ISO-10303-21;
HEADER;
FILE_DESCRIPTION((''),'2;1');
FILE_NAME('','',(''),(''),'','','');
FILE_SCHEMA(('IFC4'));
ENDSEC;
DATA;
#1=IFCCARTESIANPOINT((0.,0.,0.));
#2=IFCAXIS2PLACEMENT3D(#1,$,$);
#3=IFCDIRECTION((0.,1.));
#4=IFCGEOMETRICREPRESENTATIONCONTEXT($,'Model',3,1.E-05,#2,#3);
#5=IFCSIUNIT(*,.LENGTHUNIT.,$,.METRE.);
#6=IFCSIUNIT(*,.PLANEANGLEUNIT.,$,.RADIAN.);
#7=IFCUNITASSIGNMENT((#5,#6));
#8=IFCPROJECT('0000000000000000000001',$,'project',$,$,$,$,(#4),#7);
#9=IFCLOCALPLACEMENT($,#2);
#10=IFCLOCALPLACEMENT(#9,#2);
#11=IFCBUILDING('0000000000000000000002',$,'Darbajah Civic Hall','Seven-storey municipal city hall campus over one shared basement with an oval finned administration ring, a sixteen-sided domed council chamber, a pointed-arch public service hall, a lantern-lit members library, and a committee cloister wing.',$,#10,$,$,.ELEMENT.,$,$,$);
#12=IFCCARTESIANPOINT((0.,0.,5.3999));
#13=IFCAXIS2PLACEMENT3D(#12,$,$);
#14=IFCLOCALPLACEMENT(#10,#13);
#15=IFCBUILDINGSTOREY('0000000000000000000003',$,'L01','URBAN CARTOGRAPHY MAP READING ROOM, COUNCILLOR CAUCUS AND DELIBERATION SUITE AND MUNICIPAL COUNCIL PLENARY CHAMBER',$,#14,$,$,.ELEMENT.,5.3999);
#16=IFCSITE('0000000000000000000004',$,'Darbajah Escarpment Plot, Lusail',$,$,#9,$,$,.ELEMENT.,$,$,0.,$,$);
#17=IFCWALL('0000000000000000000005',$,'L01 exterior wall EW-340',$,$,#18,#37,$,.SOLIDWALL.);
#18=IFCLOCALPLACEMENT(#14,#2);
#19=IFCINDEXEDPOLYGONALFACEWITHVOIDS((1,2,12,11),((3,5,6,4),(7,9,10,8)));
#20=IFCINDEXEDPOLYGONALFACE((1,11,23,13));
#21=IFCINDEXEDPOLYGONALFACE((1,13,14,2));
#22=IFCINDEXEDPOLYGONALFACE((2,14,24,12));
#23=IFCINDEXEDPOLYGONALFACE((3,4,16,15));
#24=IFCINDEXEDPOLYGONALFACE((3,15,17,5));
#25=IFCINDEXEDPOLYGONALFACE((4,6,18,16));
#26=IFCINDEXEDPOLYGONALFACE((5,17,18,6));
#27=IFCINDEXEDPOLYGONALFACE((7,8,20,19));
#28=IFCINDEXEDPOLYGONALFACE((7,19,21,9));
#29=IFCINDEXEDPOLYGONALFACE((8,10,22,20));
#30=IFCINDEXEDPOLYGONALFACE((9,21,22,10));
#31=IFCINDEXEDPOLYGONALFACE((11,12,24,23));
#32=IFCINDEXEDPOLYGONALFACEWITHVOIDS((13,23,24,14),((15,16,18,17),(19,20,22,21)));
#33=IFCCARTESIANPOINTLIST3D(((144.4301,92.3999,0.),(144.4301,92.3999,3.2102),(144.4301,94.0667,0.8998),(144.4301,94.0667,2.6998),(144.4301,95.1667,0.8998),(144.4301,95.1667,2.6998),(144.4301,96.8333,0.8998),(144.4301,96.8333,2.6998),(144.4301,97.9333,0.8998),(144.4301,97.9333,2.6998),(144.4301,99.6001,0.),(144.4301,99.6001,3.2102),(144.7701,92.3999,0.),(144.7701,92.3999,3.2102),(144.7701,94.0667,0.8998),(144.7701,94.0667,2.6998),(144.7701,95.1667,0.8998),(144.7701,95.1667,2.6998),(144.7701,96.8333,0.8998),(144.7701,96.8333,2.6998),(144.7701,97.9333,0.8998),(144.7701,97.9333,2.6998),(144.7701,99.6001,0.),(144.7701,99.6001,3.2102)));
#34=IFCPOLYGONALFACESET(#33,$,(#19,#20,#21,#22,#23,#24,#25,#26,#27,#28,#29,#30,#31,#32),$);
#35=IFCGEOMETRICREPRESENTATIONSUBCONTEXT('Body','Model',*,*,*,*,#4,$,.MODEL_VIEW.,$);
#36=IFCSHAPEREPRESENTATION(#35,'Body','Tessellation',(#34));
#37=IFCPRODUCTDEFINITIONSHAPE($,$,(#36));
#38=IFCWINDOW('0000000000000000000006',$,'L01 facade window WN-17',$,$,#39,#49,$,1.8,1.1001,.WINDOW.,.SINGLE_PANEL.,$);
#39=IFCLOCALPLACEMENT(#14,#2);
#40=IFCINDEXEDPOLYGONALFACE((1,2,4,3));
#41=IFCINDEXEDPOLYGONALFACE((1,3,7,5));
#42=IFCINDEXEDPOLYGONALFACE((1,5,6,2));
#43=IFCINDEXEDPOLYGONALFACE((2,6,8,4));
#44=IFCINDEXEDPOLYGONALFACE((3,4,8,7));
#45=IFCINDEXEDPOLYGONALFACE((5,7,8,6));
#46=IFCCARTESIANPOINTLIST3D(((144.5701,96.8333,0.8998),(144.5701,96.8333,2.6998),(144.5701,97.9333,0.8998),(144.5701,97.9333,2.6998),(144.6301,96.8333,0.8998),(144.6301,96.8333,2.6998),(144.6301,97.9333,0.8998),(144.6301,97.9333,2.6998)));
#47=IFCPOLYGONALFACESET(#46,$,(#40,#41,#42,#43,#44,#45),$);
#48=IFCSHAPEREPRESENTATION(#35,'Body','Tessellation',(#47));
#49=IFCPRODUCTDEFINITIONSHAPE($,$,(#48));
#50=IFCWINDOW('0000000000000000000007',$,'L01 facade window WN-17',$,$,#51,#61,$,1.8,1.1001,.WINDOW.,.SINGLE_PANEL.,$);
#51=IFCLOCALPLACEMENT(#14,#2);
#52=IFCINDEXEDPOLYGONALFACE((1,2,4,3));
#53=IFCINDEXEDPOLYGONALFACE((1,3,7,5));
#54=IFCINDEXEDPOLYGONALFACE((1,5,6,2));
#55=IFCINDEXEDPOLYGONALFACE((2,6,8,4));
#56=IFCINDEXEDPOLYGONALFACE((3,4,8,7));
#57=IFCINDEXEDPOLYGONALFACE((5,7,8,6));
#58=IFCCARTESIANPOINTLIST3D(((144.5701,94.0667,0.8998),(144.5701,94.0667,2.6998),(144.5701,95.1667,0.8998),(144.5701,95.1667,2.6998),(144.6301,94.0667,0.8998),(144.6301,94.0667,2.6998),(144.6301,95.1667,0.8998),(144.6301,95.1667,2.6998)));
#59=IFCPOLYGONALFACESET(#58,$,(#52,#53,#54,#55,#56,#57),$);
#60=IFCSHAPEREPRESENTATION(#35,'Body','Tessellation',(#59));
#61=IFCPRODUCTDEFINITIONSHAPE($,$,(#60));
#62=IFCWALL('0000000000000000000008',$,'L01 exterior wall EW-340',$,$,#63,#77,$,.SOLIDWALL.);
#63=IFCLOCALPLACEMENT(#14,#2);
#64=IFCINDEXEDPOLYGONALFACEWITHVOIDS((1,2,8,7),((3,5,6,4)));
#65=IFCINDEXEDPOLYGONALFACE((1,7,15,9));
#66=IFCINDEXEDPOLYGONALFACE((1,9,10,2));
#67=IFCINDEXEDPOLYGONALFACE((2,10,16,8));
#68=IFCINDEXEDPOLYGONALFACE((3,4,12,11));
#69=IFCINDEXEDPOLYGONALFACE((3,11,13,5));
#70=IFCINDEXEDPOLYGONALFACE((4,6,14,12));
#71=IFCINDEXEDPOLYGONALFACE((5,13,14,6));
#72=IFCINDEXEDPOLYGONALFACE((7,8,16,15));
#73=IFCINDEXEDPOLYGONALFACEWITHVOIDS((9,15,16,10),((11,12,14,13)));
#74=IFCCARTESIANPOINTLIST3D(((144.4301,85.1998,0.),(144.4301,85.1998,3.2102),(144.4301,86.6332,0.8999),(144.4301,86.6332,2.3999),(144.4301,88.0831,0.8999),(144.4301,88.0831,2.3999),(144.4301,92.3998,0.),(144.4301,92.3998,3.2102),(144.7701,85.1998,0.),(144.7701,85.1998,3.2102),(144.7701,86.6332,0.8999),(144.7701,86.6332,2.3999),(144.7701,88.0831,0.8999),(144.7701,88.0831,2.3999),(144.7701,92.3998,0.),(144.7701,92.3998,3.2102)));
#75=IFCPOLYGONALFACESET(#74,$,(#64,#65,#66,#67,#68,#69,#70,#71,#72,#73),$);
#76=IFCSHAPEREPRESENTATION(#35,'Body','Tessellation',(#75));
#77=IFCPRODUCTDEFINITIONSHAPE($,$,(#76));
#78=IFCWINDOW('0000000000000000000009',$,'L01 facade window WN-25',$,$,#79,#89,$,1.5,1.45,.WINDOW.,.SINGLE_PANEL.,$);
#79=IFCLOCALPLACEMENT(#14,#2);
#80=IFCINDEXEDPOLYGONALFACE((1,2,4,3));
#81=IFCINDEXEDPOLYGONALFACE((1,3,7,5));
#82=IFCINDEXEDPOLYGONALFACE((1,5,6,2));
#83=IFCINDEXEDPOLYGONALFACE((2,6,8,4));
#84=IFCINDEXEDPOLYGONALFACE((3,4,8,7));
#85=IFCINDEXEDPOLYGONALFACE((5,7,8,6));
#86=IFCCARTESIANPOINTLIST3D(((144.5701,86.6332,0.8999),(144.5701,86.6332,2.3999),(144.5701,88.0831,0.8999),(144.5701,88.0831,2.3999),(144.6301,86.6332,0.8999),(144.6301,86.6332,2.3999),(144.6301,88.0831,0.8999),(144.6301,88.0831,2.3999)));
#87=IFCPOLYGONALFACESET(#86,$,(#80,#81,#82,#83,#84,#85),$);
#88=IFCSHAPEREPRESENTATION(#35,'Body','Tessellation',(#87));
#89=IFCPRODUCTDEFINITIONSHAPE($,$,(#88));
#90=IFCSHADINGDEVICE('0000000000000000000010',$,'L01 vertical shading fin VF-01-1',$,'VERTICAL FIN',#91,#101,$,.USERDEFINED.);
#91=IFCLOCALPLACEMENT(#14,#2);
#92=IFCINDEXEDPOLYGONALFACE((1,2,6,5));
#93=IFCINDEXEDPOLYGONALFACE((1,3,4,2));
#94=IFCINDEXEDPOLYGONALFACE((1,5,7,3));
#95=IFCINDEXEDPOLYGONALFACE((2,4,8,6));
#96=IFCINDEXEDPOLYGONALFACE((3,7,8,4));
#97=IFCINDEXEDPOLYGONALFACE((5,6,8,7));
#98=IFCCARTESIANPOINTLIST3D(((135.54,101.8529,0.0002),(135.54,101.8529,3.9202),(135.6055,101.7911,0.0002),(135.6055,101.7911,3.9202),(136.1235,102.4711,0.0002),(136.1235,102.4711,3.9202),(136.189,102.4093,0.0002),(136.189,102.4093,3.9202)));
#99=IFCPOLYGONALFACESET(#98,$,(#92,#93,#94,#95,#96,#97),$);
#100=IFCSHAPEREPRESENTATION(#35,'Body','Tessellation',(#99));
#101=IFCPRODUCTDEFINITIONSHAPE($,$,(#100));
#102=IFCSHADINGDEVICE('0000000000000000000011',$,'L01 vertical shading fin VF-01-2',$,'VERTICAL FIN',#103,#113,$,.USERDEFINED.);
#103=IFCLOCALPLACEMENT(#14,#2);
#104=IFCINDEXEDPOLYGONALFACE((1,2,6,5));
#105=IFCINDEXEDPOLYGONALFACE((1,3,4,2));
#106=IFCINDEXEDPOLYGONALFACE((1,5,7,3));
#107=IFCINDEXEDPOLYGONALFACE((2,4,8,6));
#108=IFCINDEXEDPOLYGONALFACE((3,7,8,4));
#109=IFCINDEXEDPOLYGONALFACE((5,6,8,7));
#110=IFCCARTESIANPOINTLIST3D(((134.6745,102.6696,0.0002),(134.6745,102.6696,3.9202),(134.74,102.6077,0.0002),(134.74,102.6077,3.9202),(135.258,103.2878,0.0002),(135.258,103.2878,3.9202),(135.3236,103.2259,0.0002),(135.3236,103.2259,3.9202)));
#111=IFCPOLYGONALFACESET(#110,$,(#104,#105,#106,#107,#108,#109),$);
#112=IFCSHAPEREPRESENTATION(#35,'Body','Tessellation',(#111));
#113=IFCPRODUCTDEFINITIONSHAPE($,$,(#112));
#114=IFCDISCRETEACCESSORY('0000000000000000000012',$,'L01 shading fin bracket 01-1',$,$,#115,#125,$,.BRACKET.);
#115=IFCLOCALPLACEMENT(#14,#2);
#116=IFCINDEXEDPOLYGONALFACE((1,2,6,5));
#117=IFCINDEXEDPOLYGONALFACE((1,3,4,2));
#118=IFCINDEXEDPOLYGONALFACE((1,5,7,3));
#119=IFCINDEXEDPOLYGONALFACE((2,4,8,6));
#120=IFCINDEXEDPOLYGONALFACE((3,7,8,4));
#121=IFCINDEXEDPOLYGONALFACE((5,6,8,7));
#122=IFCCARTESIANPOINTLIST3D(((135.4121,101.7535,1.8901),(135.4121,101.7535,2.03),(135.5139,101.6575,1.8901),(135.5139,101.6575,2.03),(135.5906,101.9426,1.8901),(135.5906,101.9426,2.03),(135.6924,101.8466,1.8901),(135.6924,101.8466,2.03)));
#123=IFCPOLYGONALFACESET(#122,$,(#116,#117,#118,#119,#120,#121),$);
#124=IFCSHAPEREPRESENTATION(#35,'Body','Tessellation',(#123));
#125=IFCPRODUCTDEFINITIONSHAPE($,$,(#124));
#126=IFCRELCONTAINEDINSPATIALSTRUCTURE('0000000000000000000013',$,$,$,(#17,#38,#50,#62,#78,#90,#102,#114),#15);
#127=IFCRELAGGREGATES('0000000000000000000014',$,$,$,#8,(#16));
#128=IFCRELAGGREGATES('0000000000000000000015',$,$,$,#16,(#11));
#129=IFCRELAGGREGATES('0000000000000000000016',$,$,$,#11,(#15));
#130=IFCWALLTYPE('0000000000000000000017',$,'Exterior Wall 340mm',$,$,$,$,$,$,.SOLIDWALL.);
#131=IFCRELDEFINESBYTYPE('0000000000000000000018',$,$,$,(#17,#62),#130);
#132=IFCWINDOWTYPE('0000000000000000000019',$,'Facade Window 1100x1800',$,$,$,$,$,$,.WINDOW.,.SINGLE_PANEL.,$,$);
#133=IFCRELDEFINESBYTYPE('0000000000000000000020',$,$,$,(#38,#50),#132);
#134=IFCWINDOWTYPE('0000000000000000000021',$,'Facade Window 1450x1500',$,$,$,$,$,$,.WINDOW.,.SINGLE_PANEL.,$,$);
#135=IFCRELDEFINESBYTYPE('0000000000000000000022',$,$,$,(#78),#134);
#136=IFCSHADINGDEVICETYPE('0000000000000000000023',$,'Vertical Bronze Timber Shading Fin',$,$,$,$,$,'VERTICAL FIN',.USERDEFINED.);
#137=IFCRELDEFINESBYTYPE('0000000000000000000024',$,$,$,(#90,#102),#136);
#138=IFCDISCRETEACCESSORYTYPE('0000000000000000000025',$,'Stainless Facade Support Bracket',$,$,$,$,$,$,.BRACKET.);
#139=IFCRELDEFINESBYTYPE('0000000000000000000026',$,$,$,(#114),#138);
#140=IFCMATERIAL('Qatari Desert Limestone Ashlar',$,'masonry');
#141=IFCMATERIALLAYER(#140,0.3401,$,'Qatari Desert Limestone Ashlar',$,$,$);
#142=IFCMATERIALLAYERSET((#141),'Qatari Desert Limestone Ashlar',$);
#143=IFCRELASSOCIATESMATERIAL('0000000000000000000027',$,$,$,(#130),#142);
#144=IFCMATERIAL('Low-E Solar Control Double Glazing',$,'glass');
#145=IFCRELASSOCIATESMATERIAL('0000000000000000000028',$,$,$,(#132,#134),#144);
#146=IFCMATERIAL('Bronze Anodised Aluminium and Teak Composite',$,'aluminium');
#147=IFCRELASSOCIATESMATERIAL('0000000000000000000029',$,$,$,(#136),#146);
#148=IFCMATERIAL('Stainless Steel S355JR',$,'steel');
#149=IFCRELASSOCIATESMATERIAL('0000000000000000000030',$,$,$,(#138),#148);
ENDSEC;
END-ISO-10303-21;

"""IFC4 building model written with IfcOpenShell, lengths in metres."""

from ifc_helpers import new_model, si_unit, direction, frame, frame_2d, origin, origin_2d, place, context, subcontext, project, spatial, rectangle, extrude, material, layer, layer_set, type_object, element, fill, save


model = new_model("IFC4")

# Units and contexts
model_context = context("Model", 3, precision=1e-05, world=origin(), true_north=direction((0.0, 1.0)))
body_context = subcontext(model_context, "Body", "Model", "MODEL_VIEW")
ifc_project = project(units=[si_unit("LENGTHUNIT", "METRE"), si_unit("PLANEANGLEUNIT", "RADIAN")], contexts=[model_context])

# Site, building, storey
site_placement = place(None, origin())
site = spatial("IfcSite", under=ifc_project, at=site_placement, Name="Darbajah Escarpment Plot, Lusail", CompositionType="ELEMENT", RefElevation=0.0)
building_placement = place(site_placement, origin())
building = spatial("IfcBuilding", under=site, at=building_placement, Name="Darbajah Civic Hall", Description="Seven-storey municipal city hall campus over one shared basement with an oval finned administration ring, a sixteen-sided domed council chamber, a pointed-arch public service hall, a lantern-lit members library, and a committee cloister wing.", CompositionType="ELEMENT")
storey_placement = place(building_placement, frame((0.0, 0.0, 5.3999)))
storey = spatial("IfcBuildingStorey", under=building, at=storey_placement, Name="L01", Description="URBAN CARTOGRAPHY MAP READING ROOM, COUNCILLOR CAUCUS AND DELIBERATION SUITE AND MUNICIPAL COUNCIL PLENARY CHAMBER", CompositionType="ELEMENT", Elevation=5.3999)

# Wall, openings, windows
ifc_material_1 = material(Name="Qatari Desert Limestone Ashlar", Category="masonry")
ifc_layer = layer(ifc_material_1, 0.3401, Name="Qatari Desert Limestone Ashlar")
ifc_layer_set = layer_set([ifc_layer], Name="Qatari Desert Limestone Ashlar")
wall_type = type_object("IfcWallType", Name="Exterior Wall 340mm", PredefinedType="SOLIDWALL", material=ifc_layer_set)
ifc_material_2 = material(Name="Low-E Solar Control Double Glazing", Category="glass")
window_type_1 = type_object("IfcWindowType", Name="Facade Window 1100x1800", PartitioningType="SINGLE_PANEL", PredefinedType="WINDOW", material=ifc_material_2)
wall_1_placement = place(storey_placement, frame((144.6001, 99.6001, 0.0), z_axis=(0.0, 0.0, 1.0), x_axis=(0.0, -1.0, 0.0)))
wall_1 = element("IfcWall", 1, at=wall_1_placement, inside=storey, type_object=wall_type, Name="L01 exterior wall EW-340", PredefinedType="SOLIDWALL", context=body_context, shape_type="SweptSolid", body=[
    extrude(rectangle(XDim=7.2002, YDim=0.3401, at=frame_2d((3.6001, 0.0))), origin(), (0.0, 0.0, 1.0), 3.2102),
])
opening_1_placement = place(wall_1_placement, frame((1.6667, 0.0, 0.8999)))
opening_1 = element("IfcOpeningElement", 2, at=opening_1_placement, cuts=wall_1, PredefinedType="OPENING", context=body_context, shape_type="SweptSolid", body=[
    extrude(rectangle(XDim=1.1001, YDim=1.8, at=frame_2d((0.55, 0.8999))), frame((0.0, 0.1799, 0.0), z_axis=(0.0, -1.0, 0.0), x_axis=(1.0, 0.0, 0.0)), (0.0, 0.0, 1.0), 0.3601),
])
opening_2_placement = place(wall_1_placement, frame((4.4333, 0.0, 0.8999)))
opening_2 = element("IfcOpeningElement", 3, at=opening_2_placement, cuts=wall_1, PredefinedType="OPENING", context=body_context, shape_type="SweptSolid", body=[
    extrude(rectangle(XDim=1.1001, YDim=1.8, at=frame_2d((0.55, 0.8999))), frame((0.0, 0.1799, 0.0), z_axis=(0.0, -1.0, 0.0), x_axis=(1.0, 0.0, 0.0)), (0.0, 0.0, 1.0), 0.3601),
])
window_1_placement = place(opening_1_placement, origin())
window_1 = element("IfcWindow", 4, at=window_1_placement, inside=storey, type_object=window_type_1, Name="L01 facade window WN-17", OverallHeight=1.8, OverallWidth=1.1001, PartitioningType="SINGLE_PANEL", PredefinedType="WINDOW", context=body_context, shape_type="SweptSolid", body=[
    extrude(rectangle(XDim=1.1001, YDim=1.8, at=frame_2d((0.55, 0.8999))), frame((0.0, 0.03, 0.0), z_axis=(0.0, -1.0, 0.0), x_axis=(1.0, 0.0, 0.0)), (0.0, 0.0, 1.0), 0.0601),
])
fill(opening_1, window_1)
window_2_placement = place(opening_2_placement, origin())
window_2 = element("IfcWindow", 5, at=window_2_placement, inside=storey, type_object=window_type_1, Name="L01 facade window WN-17", OverallHeight=1.8, OverallWidth=1.1001, PartitioningType="SINGLE_PANEL", PredefinedType="WINDOW", context=body_context, shape_type="SweptSolid", body=[
    extrude(rectangle(XDim=1.1001, YDim=1.8, at=frame_2d((0.55, 0.8999))), frame((0.0, 0.03, 0.0), z_axis=(0.0, -1.0, 0.0), x_axis=(1.0, 0.0, 0.0)), (0.0, 0.0, 1.0), 0.0601),
])
fill(opening_2, window_2)

# Wall, opening, window
wall_2_placement = place(storey_placement, frame((144.6001, 92.3999, 0.0), z_axis=(0.0, 0.0, 1.0), x_axis=(0.0, -1.0, 0.0)))
wall_2 = element("IfcWall", 6, at=wall_2_placement, inside=storey, type_object=wall_type, Name="L01 exterior wall EW-340", PredefinedType="SOLIDWALL", context=body_context, shape_type="SweptSolid", body=[
    extrude(rectangle(XDim=7.2, YDim=0.3401, at=frame_2d((3.6001, 0.0))), origin(), (0.0, 0.0, 1.0), 3.2102),
])
opening_3_placement = place(wall_2_placement, frame((4.3167, 0.0, 0.8999)))
opening_3 = element("IfcOpeningElement", 7, at=opening_3_placement, cuts=wall_2, PredefinedType="OPENING", context=body_context, shape_type="SweptSolid", body=[
    extrude(rectangle(XDim=1.45, YDim=1.5, at=frame_2d((0.7251, 0.75))), frame((0.0, 0.1799, 0.0), z_axis=(0.0, -1.0, 0.0), x_axis=(1.0, 0.0, 0.0)), (0.0, 0.0, 1.0), 0.3601),
])
window_type_2 = type_object("IfcWindowType", Name="Facade Window 1450x1500", PartitioningType="SINGLE_PANEL", PredefinedType="WINDOW", material=ifc_material_2)
window_3_placement = place(opening_3_placement, origin())
window_3 = element("IfcWindow", 8, at=window_3_placement, inside=storey, type_object=window_type_2, Name="L01 facade window WN-25", OverallHeight=1.5, OverallWidth=1.45, PartitioningType="SINGLE_PANEL", PredefinedType="WINDOW", context=body_context, shape_type="SweptSolid", body=[
    extrude(rectangle(XDim=1.45, YDim=1.5, at=frame_2d((0.7251, 0.75))), frame((0.0, 0.03, 0.0), z_axis=(0.0, -1.0, 0.0), x_axis=(1.0, 0.0, 0.0)), (0.0, 0.0, 1.0), 0.0601),
])
fill(opening_3, window_3)

# Shading devices
ifc_material_3 = material(Name="Bronze Anodised Aluminium and Teak Composite", Category="aluminium")
shading_device_type = type_object("IfcShadingDeviceType", Name="Vertical Bronze Timber Shading Fin", ElementType="VERTICAL FIN", PredefinedType="USERDEFINED", material=ifc_material_3)
for number, where, z_axis, x_axis, name in (
    (9, (135.8645, 102.1311, 0.0002), (0.0, 0.0, 1.0), (0.686453, 0.727174, 0.0), "L01 vertical shading fin VF-01-1"),
    (10, (134.999, 102.9478, 0.0002), (0.0, 0.0, 1.0), (0.686453, 0.727174, 0.0), "L01 vertical shading fin VF-01-2"),
):
    element("IfcShadingDevice", number, at=place(storey_placement, frame(where, z_axis=z_axis, x_axis=x_axis)), inside=storey, type_object=shading_device_type, Name=name, ObjectType="VERTICAL FIN", PredefinedType="USERDEFINED", context=body_context, shape_type="SweptSolid", body=[
        extrude(rectangle(XDim=0.8501, YDim=0.0901, at=origin_2d()), origin(), (0.0, 0.0, 1.0), 3.9199),
    ])

# Discrete accessory
ifc_material_4 = material(Name="Stainless Steel S355JR", Category="steel")
discrete_accessory_type = type_object("IfcDiscreteAccessoryType", Name="Stainless Facade Support Bracket", PredefinedType="BRACKET", material=ifc_material_4)
discrete_accessory_placement = place(storey_placement, frame((135.5522, 101.8, 1.8901), z_axis=(0.0, 0.0, 1.0), x_axis=(0.686453, 0.727174, 0.0)))
element("IfcDiscreteAccessory", 11, at=discrete_accessory_placement, inside=storey, type_object=discrete_accessory_type, Name="L01 shading fin bracket 01-1", PredefinedType="BRACKET", context=body_context, shape_type="SweptSolid", body=[
    extrude(rectangle(XDim=0.26, YDim=0.1399, at=origin_2d()), origin(), (0.0, 0.0, 1.0), 0.1399),
])

save(model, "model.ifc")
